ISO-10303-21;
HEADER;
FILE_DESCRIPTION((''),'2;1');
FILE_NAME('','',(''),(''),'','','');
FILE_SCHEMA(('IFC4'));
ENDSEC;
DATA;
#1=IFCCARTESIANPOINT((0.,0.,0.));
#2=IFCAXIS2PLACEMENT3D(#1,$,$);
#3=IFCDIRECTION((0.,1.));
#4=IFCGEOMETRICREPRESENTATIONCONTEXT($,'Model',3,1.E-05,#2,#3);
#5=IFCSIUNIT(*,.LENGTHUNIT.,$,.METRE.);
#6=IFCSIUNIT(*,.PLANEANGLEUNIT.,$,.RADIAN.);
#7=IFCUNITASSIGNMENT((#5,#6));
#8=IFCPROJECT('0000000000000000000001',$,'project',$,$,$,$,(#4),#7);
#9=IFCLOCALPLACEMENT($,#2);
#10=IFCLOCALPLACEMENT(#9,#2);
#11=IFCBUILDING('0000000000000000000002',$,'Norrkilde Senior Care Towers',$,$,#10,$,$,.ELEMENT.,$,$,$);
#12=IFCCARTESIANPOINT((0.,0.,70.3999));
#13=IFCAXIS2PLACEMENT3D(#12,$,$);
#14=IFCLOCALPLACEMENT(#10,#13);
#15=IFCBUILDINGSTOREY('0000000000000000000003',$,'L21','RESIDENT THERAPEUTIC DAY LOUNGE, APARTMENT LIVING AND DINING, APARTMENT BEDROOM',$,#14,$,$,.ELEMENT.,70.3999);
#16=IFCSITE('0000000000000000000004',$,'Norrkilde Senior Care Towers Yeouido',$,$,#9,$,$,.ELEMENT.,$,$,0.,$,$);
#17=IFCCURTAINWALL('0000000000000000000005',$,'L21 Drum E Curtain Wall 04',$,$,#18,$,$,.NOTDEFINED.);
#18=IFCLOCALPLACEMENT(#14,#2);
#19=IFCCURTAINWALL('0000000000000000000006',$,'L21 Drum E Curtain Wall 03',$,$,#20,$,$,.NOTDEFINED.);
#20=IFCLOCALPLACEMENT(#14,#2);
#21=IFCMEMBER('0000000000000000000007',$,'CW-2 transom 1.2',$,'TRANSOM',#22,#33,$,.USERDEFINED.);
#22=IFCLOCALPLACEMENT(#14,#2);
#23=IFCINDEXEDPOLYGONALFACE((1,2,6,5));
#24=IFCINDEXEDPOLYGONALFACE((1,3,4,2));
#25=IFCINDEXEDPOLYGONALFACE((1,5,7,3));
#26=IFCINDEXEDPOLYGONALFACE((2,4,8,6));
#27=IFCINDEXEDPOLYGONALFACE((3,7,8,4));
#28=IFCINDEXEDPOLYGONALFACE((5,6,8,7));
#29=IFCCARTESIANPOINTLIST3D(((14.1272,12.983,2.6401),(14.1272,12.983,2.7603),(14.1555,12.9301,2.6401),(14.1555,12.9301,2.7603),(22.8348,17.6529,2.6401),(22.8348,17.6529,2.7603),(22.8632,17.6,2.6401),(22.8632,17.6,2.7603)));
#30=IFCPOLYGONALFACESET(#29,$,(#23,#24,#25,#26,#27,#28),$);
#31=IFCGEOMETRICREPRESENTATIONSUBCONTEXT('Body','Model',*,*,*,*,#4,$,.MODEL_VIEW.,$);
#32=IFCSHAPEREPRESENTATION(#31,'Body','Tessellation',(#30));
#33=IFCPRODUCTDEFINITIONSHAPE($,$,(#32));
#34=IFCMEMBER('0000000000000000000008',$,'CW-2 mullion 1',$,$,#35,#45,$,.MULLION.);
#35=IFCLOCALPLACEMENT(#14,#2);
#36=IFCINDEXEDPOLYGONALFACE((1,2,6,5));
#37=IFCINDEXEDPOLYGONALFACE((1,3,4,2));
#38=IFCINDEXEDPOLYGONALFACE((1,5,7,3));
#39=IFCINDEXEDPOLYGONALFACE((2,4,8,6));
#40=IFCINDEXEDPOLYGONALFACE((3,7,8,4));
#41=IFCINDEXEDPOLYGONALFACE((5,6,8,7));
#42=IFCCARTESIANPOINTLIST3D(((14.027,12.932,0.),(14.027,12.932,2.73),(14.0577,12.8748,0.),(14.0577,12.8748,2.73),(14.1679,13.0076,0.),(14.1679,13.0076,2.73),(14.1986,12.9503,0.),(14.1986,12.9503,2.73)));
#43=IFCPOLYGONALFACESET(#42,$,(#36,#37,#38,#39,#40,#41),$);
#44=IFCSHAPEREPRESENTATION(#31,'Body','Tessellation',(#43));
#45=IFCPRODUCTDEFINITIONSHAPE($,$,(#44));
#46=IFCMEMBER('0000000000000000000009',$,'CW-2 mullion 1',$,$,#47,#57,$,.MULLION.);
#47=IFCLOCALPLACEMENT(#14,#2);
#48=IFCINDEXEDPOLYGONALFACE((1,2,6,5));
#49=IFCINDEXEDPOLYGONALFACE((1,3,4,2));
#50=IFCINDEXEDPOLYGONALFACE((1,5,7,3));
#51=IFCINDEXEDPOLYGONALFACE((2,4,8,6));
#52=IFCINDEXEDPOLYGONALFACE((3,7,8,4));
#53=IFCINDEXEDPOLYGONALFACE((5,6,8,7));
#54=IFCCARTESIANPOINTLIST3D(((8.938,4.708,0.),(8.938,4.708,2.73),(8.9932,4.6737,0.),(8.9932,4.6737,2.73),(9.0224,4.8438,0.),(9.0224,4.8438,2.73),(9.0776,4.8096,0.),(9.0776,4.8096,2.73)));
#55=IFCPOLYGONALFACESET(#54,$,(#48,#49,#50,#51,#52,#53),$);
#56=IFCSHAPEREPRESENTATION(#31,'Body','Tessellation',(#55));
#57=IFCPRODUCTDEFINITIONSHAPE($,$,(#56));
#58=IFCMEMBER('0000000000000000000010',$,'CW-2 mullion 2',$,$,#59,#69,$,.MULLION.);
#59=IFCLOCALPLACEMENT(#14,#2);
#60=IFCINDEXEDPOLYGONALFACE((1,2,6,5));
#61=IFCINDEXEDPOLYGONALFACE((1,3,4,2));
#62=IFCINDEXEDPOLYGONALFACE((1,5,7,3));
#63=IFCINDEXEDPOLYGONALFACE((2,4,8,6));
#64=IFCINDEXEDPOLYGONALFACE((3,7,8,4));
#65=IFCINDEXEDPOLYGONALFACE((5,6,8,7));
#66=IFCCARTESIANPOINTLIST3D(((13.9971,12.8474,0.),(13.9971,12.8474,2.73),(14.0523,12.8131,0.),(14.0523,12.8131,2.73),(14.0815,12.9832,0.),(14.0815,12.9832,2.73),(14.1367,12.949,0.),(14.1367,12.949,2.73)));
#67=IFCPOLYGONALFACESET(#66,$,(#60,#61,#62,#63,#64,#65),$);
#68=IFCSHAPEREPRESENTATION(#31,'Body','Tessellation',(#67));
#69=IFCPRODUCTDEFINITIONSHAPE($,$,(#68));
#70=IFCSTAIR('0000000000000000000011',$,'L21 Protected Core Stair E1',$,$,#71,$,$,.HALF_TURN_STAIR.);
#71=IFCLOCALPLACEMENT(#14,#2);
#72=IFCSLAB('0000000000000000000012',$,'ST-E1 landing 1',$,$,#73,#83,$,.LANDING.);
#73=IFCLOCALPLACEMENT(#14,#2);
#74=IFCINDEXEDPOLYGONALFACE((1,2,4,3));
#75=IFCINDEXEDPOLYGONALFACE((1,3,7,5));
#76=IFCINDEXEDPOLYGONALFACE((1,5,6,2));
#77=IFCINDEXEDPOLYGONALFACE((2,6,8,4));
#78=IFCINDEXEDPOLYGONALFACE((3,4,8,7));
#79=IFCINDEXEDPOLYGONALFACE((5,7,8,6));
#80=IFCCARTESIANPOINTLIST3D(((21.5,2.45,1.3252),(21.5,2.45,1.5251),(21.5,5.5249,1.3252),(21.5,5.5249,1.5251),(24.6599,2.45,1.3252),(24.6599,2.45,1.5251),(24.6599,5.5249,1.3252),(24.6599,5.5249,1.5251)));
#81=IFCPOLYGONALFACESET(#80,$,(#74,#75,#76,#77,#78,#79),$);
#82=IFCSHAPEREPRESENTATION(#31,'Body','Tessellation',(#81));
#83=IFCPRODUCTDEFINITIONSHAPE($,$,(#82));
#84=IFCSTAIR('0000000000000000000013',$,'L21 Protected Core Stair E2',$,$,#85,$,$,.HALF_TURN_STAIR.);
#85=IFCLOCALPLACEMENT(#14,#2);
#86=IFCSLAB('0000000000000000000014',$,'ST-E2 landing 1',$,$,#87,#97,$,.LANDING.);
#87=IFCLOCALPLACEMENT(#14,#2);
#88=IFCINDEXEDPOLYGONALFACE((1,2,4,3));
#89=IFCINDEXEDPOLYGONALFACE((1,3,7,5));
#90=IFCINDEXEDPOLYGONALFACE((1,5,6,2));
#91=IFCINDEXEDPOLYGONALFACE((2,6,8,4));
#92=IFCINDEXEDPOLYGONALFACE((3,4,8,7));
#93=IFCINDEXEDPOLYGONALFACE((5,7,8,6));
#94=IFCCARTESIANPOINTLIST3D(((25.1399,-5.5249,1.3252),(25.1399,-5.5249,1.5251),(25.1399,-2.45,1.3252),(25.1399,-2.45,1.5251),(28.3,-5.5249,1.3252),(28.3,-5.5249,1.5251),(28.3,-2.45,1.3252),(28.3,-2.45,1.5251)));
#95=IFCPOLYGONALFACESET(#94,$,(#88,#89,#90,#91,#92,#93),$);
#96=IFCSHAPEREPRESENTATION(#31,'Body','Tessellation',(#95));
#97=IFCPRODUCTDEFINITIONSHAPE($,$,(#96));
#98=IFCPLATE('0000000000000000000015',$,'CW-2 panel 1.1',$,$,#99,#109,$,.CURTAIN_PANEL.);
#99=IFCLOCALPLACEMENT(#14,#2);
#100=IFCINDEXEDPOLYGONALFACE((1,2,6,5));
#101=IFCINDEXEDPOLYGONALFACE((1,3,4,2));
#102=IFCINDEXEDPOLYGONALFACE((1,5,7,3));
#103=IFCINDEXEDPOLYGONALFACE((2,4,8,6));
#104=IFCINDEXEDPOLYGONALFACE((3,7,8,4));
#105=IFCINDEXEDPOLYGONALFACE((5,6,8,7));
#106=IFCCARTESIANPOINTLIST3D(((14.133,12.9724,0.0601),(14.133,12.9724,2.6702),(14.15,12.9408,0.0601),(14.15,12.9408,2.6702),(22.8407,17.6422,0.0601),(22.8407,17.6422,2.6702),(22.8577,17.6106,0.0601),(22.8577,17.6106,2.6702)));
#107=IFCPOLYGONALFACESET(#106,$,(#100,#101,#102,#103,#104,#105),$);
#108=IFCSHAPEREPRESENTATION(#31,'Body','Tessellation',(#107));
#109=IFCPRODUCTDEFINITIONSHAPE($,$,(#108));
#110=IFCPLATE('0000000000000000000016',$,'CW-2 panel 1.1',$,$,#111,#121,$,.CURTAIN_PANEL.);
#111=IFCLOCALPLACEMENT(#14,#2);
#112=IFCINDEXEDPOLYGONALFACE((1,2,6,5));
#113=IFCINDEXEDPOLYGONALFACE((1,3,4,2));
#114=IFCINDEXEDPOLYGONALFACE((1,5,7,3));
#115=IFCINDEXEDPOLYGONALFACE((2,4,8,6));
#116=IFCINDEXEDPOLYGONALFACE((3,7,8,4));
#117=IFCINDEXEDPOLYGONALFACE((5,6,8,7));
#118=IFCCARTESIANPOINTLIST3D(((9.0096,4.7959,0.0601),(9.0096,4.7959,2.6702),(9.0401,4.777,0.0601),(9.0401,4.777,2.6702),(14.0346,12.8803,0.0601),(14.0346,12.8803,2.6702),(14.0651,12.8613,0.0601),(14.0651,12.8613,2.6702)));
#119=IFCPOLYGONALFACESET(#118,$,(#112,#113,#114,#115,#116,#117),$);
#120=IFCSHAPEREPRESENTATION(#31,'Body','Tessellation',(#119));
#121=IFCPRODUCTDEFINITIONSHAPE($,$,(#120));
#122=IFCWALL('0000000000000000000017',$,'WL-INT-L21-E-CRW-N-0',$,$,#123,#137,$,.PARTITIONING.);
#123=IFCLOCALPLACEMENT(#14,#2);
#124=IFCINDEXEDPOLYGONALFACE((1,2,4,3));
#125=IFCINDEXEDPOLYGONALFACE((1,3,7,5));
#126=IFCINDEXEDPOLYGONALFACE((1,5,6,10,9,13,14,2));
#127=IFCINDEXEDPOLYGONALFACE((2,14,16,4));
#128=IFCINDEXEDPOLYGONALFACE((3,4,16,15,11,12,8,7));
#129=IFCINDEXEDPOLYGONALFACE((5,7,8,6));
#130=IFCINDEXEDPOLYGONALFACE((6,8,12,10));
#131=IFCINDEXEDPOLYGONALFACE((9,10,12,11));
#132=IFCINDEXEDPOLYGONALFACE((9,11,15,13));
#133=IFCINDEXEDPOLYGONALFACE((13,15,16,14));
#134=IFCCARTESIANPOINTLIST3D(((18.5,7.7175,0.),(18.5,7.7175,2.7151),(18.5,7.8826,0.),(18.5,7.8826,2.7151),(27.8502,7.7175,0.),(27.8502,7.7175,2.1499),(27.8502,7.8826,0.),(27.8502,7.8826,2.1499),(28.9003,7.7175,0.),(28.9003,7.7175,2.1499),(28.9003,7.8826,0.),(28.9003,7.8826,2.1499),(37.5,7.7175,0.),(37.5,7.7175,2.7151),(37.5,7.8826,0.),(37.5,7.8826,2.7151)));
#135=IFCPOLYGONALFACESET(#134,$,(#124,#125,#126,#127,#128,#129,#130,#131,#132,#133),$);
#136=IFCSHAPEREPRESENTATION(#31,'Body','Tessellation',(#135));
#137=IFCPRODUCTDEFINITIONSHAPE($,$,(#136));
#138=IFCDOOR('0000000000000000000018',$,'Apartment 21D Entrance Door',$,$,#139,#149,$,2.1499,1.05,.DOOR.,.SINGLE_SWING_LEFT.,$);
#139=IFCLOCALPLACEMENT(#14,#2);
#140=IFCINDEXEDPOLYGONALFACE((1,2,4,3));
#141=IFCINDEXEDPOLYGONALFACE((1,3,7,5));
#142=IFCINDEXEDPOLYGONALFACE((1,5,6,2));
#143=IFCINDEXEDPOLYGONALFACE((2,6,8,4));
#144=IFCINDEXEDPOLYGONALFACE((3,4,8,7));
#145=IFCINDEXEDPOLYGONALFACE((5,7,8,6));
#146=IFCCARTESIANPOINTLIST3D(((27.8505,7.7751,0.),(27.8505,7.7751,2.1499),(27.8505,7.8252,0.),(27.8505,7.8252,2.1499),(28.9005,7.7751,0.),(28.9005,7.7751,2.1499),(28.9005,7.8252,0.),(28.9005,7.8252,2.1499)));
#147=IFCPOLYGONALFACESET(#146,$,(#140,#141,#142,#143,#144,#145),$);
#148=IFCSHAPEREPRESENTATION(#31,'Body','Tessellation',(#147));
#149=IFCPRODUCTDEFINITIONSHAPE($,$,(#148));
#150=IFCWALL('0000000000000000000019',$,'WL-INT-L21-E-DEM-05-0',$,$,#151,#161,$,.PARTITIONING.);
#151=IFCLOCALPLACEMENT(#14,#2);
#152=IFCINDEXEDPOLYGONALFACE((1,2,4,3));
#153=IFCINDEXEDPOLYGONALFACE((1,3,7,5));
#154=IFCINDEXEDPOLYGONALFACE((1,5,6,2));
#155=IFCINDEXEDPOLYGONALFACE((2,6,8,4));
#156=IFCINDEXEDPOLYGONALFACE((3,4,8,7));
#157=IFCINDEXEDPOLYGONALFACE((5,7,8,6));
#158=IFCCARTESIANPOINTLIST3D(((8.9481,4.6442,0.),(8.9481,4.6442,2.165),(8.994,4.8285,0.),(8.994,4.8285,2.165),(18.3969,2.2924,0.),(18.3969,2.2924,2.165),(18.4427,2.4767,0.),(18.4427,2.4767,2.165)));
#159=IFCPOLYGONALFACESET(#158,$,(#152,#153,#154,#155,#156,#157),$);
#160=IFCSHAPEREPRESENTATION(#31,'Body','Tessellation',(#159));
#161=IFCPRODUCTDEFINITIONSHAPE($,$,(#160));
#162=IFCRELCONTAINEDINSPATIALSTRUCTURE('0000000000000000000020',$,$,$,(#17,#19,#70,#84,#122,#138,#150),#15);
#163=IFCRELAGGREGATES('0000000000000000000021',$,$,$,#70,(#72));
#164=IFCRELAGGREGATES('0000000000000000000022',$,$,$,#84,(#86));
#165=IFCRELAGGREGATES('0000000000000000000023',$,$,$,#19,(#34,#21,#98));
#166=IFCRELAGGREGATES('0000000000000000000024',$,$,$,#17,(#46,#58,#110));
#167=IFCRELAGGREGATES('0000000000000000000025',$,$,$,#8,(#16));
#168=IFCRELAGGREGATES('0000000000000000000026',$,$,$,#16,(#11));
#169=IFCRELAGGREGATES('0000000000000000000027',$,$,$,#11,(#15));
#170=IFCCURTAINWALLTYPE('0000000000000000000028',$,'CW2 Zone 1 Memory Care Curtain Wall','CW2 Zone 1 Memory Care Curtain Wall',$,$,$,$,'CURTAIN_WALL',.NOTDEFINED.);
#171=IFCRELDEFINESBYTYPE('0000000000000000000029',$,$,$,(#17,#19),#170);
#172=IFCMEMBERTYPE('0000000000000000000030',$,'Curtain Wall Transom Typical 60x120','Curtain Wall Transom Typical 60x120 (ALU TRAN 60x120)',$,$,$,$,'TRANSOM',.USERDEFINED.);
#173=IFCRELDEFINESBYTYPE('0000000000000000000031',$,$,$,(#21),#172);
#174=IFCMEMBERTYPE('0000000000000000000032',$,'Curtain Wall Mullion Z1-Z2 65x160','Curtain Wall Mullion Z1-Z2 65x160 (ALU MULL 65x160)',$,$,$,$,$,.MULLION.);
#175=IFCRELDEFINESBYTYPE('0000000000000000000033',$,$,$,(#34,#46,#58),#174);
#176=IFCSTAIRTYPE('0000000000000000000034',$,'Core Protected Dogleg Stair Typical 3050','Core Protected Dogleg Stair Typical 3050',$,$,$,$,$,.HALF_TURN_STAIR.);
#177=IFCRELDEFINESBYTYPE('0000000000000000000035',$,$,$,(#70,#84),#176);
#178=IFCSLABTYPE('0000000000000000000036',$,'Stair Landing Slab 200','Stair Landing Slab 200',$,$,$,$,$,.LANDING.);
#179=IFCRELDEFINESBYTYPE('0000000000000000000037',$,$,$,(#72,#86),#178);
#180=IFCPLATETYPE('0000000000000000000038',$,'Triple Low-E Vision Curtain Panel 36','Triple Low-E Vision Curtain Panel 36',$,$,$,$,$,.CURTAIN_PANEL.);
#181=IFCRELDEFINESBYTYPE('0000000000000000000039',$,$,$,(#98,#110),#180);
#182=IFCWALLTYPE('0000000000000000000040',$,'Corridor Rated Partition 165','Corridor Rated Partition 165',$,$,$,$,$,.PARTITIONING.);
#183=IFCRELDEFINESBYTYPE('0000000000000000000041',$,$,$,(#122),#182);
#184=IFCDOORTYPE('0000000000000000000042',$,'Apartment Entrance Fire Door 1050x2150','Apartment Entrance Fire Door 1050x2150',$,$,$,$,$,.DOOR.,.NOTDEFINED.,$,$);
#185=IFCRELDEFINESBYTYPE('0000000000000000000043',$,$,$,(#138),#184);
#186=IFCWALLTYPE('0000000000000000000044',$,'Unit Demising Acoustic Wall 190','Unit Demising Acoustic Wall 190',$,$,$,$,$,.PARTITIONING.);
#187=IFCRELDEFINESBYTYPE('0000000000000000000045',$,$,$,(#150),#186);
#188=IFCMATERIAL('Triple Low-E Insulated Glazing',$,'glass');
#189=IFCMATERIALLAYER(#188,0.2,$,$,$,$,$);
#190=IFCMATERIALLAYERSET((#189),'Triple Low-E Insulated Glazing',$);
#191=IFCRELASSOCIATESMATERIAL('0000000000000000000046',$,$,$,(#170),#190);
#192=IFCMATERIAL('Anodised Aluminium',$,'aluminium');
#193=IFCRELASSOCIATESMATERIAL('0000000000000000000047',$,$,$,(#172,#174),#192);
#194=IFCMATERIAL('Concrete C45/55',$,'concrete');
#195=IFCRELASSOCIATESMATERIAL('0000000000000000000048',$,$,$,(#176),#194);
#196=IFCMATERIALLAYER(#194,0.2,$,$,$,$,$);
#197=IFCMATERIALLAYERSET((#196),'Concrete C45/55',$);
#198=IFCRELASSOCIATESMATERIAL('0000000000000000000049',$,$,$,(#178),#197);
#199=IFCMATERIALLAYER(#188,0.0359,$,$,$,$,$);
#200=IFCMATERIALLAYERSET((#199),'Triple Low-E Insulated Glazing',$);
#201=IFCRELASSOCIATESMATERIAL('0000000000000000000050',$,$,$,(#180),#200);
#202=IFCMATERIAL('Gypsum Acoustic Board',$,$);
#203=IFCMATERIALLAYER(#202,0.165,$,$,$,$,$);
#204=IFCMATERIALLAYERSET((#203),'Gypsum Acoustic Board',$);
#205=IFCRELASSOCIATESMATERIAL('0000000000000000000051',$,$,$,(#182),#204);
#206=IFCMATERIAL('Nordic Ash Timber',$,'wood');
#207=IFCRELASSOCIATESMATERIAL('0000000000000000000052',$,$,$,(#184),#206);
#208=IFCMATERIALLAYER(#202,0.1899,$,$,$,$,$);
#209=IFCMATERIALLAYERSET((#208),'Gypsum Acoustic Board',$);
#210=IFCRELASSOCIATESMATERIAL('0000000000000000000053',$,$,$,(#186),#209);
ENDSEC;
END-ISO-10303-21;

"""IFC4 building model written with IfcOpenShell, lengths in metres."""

from ifc_helpers import new_model, si_unit, direction, frame, frame_2d, origin, origin_2d, place, context, subcontext, project, spatial, polyline, rectangle, outline, extrude, source, transform, mapped, material, layer, layer_set, material_profile, profile_set, type_object, type_shapes, element, fill, aggregate, save


model = new_model("IFC4")

# Units and contexts
model_context = context("Model", 3, precision=1e-05, world=origin(), true_north=direction((0.0, 1.0)))
body_context = subcontext(model_context, "Body", "Model", "MODEL_VIEW")
ifc_project = project(units=[si_unit("LENGTHUNIT", "METRE"), si_unit("PLANEANGLEUNIT", "RADIAN")], contexts=[model_context])

# Site, building, storey
site_placement = place(None, origin())
site = spatial("IfcSite", under=ifc_project, at=site_placement, Name="Norrkilde Senior Care Towers Yeouido", CompositionType="ELEMENT", RefElevation=0.0)
building_placement = place(site_placement, origin())
building = spatial("IfcBuilding", under=site, at=building_placement, Name="Norrkilde Senior Care Towers", CompositionType="ELEMENT")
storey_placement = place(building_placement, frame((0.0, 0.0, 70.3999)))
storey = spatial("IfcBuildingStorey", under=building, at=storey_placement, Name="L21", Description="RESIDENT THERAPEUTIC DAY LOUNGE, APARTMENT LIVING AND DINING, APARTMENT BEDROOM", CompositionType="ELEMENT", Elevation=70.3999)

# Curtain walls, members
ifc_material_1 = material(Name="Triple Low-E Insulated Glazing", Category="glass")
ifc_layer_1 = layer(ifc_material_1, 0.2)
ifc_layer_set_1 = layer_set([ifc_layer_1], Name="Triple Low-E Insulated Glazing")
curtain_wall_type = type_object("IfcCurtainWallType", Name="CW2 Zone 1 Memory Care Curtain Wall", Description="CW2 Zone 1 Memory Care Curtain Wall", ElementType="CURTAIN_WALL", PredefinedType="NOTDEFINED", material=ifc_layer_set_1)
curtain_wall_1_placement = place(storey_placement, origin())
curtain_wall_1 = element("IfcCurtainWall", 1, at=curtain_wall_1_placement, inside=storey, type_object=curtain_wall_type, Name="L21 Drum E Curtain Wall 04", PredefinedType="NOTDEFINED")
ifc_material_2 = material(Name="Anodised Aluminium", Category="aluminium")
ifc_material_profile_1 = material_profile(ifc_material_2, rectangle(XDim=0.0601, YDim=0.1201, at=origin_2d()), Name="ALU TRAN 60x120")
ifc_profile_set_1 = profile_set([ifc_material_profile_1], Name="Anodised Aluminium")
member_type_1 = type_object("IfcMemberType", Name="Curtain Wall Transom Typical 60x120", Description="Curtain Wall Transom Typical 60x120 (ALU TRAN 60x120)", ElementType="TRANSOM", PredefinedType="USERDEFINED", material=ifc_profile_set_1)
curtain_wall_2_placement = place(storey_placement, origin())
curtain_wall_2 = element("IfcCurtainWall", 2, at=curtain_wall_2_placement, inside=storey, type_object=curtain_wall_type, Name="L21 Drum E Curtain Wall 03", PredefinedType="NOTDEFINED")
shared_shape_1 = source(origin(), body_context, "Body", "SweptSolid", [
    extrude(rectangle(XDim=0.0601, YDim=0.1201, at=origin_2d()), origin(), (0.0, 0.0, 1.0), 9.8809),
])
member_1_placement = place(storey_placement, frame((14.1414, 12.9565, 2.7002), z_axis=(0.881267, 0.472618, 0.0), x_axis=(-0.472618, 0.881267, 0.0)))
member_1 = element("IfcMember", 3, at=member_1_placement, type_object=member_type_1, Name="CW-2 transom 1.2", ObjectType="TRANSOM", PredefinedType="USERDEFINED", context=body_context, shape_type="MappedRepresentation", body=[
    mapped(shared_shape_1, transform((0.0, 0.0, 0.0), x_axis=(1.0, 0.0, 0.0), y_axis=(0.0, 1.0, 0.0), z_axis=(0.0, 0.0, 1.0), scale=1.0)),
])
ifc_material_profile_2 = material_profile(ifc_material_2, rectangle(XDim=0.0649, YDim=0.1599, at=origin_2d()), Name="ALU MULL 65x160")
ifc_profile_set_2 = profile_set([ifc_material_profile_2], Name="Anodised Aluminium")
member_type_2 = type_object("IfcMemberType", Name="Curtain Wall Mullion Z1-Z2 65x160", Description="Curtain Wall Mullion Z1-Z2 65x160 (ALU MULL 65x160)", PredefinedType="MULLION", material=ifc_profile_set_2)
shared_shape_2 = source(origin(), body_context, "Body", "SweptSolid", [
    extrude(rectangle(XDim=0.0649, YDim=0.1599, at=origin_2d()), origin(), (0.0, 0.0, 1.0), 2.73),
])
type_shapes(member_type_2, [shared_shape_2])
member_2_placement = place(storey_placement, frame((14.1128, 12.9412, 0.0), z_axis=(0.0, 0.0, 1.0), x_axis=(-0.472608, 0.881273, 0.0)))
member_2 = element("IfcMember", 4, at=member_2_placement, type_object=member_type_2, Name="CW-2 mullion 1", PredefinedType="MULLION", context=body_context, shape_type="MappedRepresentation", body=[
    mapped(shared_shape_2, transform((0.0, 0.0, 0.0), x_axis=(1.0, 0.0, 0.0), y_axis=(0.0, 1.0, 0.0), z_axis=(0.0, 0.0, 1.0), scale=1.0)),
])

# Members
member_3_placement = place(storey_placement, frame((9.0078, 4.7588, 0.0), z_axis=(0.0, 0.0, 1.0), x_axis=(-0.849306, 0.527901, 0.0)))
member_3 = element("IfcMember", 5, at=member_3_placement, type_object=member_type_2, Name="CW-2 mullion 1", PredefinedType="MULLION", context=body_context, shape_type="MappedRepresentation", body=[
    mapped(shared_shape_2, transform((0.0, 0.0, 0.0), x_axis=(1.0, 0.0, 0.0), y_axis=(0.0, 1.0, 0.0), z_axis=(0.0, 0.0, 1.0), scale=1.0)),
])
member_4_placement = place(storey_placement, frame((14.0669, 12.8982, 0.0), z_axis=(0.0, 0.0, 1.0), x_axis=(-0.849306, 0.527901, 0.0)))
member_4 = element("IfcMember", 6, at=member_4_placement, type_object=member_type_2, Name="CW-2 mullion 2", PredefinedType="MULLION", context=body_context, shape_type="MappedRepresentation", body=[
    mapped(shared_shape_2, transform((0.0, 0.0, 0.0), x_axis=(1.0, 0.0, 0.0), y_axis=(0.0, 1.0, 0.0), z_axis=(0.0, 0.0, 1.0), scale=1.0)),
])

# Stairs, slabs
ifc_material_3 = material(Name="Concrete C45/55", Category="concrete")
stair_type = type_object("IfcStairType", Name="Core Protected Dogleg Stair Typical 3050", Description="Core Protected Dogleg Stair Typical 3050", PredefinedType="HALF_TURN_STAIR", material=ifc_material_3)
stair_1_placement = place(storey_placement, origin())
stair_1 = element("IfcStair", 7, at=stair_1_placement, inside=storey, type_object=stair_type, Name="L21 Protected Core Stair E1", PredefinedType="HALF_TURN_STAIR")
ifc_layer_2 = layer(ifc_material_3, 0.2)
ifc_layer_set_2 = layer_set([ifc_layer_2], Name="Concrete C45/55")
slab_type = type_object("IfcSlabType", Name="Stair Landing Slab 200", Description="Stair Landing Slab 200", PredefinedType="LANDING", material=ifc_layer_set_2)
slab_1_placement = place(storey_placement, frame((0.0, 0.0, 1.3252)))
slab_1 = element("IfcSlab", 8, at=slab_1_placement, type_object=slab_type, Name="ST-E1 landing 1", PredefinedType="LANDING", context=body_context, shape_type="SweptSolid", body=[
    extrude(outline(polyline([(24.6599, 5.5249), (21.5, 5.5249), (21.5, 2.45), (24.6599, 2.45), (24.6599, 5.5249)])), origin(), (0.0, 0.0, 1.0), 0.2),
])
aggregate(stair_1, [slab_1])
stair_2_placement = place(storey_placement, origin())
stair_2 = element("IfcStair", 9, at=stair_2_placement, inside=storey, type_object=stair_type, Name="L21 Protected Core Stair E2", PredefinedType="HALF_TURN_STAIR")
slab_2_placement = place(storey_placement, frame((0.0, 0.0, 1.3252)))
slab_2 = element("IfcSlab", 10, at=slab_2_placement, type_object=slab_type, Name="ST-E2 landing 1", PredefinedType="LANDING", context=body_context, shape_type="SweptSolid", body=[
    extrude(outline(polyline([(25.1399, -5.5249), (28.3, -5.5249), (28.3, -2.45), (25.1399, -2.45), (25.1399, -5.5249)])), origin(), (0.0, 0.0, 1.0), 0.2),
])
aggregate(stair_2, [slab_2])

# Plates
ifc_layer_3 = layer(ifc_material_1, 0.0359)
ifc_layer_set_3 = layer_set([ifc_layer_3], Name="Triple Low-E Insulated Glazing")
plate_type = type_object("IfcPlateType", Name="Triple Low-E Vision Curtain Panel 36", Description="Triple Low-E Vision Curtain Panel 36", PredefinedType="CURTAIN_PANEL", material=ifc_layer_set_3)
shared_shape_3 = source(origin(), body_context, "Body", "SweptSolid", [
    extrude(rectangle(XDim=9.8809, YDim=0.0359, at=origin_2d()), origin(), (0.0, 0.0, 1.0), 2.6101),
])
plate_1_placement = place(storey_placement, frame((18.4954, 15.2915, 0.0601), z_axis=(0.0, 0.0, 1.0), x_axis=(0.881273, 0.472608, 0.0)))
plate_1 = element("IfcPlate", 11, at=plate_1_placement, type_object=plate_type, Name="CW-2 panel 1.1", PredefinedType="CURTAIN_PANEL", context=body_context, shape_type="MappedRepresentation", body=[
    mapped(shared_shape_3, transform((0.0, 0.0, 0.0), x_axis=(1.0, 0.0, 0.0), y_axis=(0.0, 1.0, 0.0), z_axis=(0.0, 0.0, 1.0), scale=1.0)),
])
aggregate(curtain_wall_2, [member_2, member_1, plate_1])
shared_shape_4 = source(origin(), body_context, "Body", "SweptSolid", [
    extrude(rectangle(XDim=9.5188, YDim=0.0359, at=origin_2d()), origin(), (0.0, 0.0, 1.0), 2.6101),
])
type_shapes(plate_type, [shared_shape_3, shared_shape_4])
plate_2_placement = place(storey_placement, frame((11.5374, 8.8286, 0.0601), z_axis=(0.0, 0.0, 1.0), x_axis=(0.527901, 0.849306, 0.0)))
plate_2 = element("IfcPlate", 12, at=plate_2_placement, type_object=plate_type, Name="CW-2 panel 1.1", PredefinedType="CURTAIN_PANEL", context=body_context, shape_type="MappedRepresentation", body=[
    mapped(shared_shape_4, transform((0.0, 0.0, 0.0), x_axis=(1.0, 0.0, 0.0), y_axis=(0.0, 1.0, 0.0), z_axis=(0.0, 0.0, 1.0), scale=1.0)),
])
aggregate(curtain_wall_1, [member_3, member_4, plate_2])

# Wall, opening, door
ifc_material_4 = material(Name="Gypsum Acoustic Board")
ifc_layer_4 = layer(ifc_material_4, 0.165)
ifc_layer_set_4 = layer_set([ifc_layer_4], Name="Gypsum Acoustic Board")
wall_type_1 = type_object("IfcWallType", Name="Corridor Rated Partition 165", Description="Corridor Rated Partition 165", PredefinedType="PARTITIONING", material=ifc_layer_set_4)
shared_shape_5 = source(origin(), body_context, "Body", "SweptSolid", [
    extrude(rectangle(XDim=19.0, YDim=0.165, at=frame_2d((9.5, 0.0))), origin(), (0.0, 0.0, 1.0), 2.7151),
])
type_shapes(wall_type_1, [shared_shape_5])
wall_1_placement = place(storey_placement, frame((18.5, 7.8, 0.0), z_axis=(0.0, 0.0, 1.0), x_axis=(1.0, 0.0, 0.0)))
wall_1 = element("IfcWall", 13, at=wall_1_placement, inside=storey, type_object=wall_type_1, Name="WL-INT-L21-E-CRW-N-0", PredefinedType="PARTITIONING", context=body_context, shape_type="MappedRepresentation", body=[
    mapped(shared_shape_5, transform((0.0, 0.0, 0.0), x_axis=(1.0, 0.0, 0.0), y_axis=(0.0, 1.0, 0.0), z_axis=(0.0, 0.0, 1.0), scale=1.0)),
])
opening_placement = place(wall_1_placement, frame((9.3503, 0.0, 0.0)))
opening = element("IfcOpeningElement", 14, at=opening_placement, cuts=wall_1, PredefinedType="OPENING", context=body_context, shape_type="SweptSolid", body=[
    extrude(rectangle(XDim=1.05, YDim=2.1499, at=frame_2d((0.5249, 1.075))), frame((0.0, 0.0925, 0.0), z_axis=(0.0, -1.0, 0.0), x_axis=(1.0, 0.0, 0.0)), (0.0, 0.0, 1.0), 0.1851),
])
ifc_material_5 = material(Name="Nordic Ash Timber", Category="wood")
door_type = type_object("IfcDoorType", Name="Apartment Entrance Fire Door 1050x2150", Description="Apartment Entrance Fire Door 1050x2150", OperationType="NOTDEFINED", PredefinedType="DOOR", material=ifc_material_5)
shared_shape_6 = source(origin(), body_context, "Body", "SweptSolid", [
    extrude(rectangle(XDim=1.05, YDim=2.1499, at=frame_2d((0.5249, 1.075))), frame((0.0, 0.0249, 0.0), z_axis=(0.0, -1.0, 0.0), x_axis=(1.0, 0.0, 0.0)), (0.0, 0.0, 1.0), 0.05),
])
type_shapes(door_type, [shared_shape_6])
door_placement = place(opening_placement, frame((1.05, 0.0, 0.0), z_axis=(0.0, 0.0, 1.0), x_axis=(-1.0, 0.0, 0.0)))
door = element("IfcDoor", 15, at=door_placement, inside=storey, type_object=door_type, Name="Apartment 21D Entrance Door", OperationType="SINGLE_SWING_LEFT", OverallHeight=2.1499, OverallWidth=1.05, PredefinedType="DOOR", context=body_context, shape_type="MappedRepresentation", body=[
    mapped(shared_shape_6, transform((0.0, 0.0, 0.0), x_axis=(1.0, 0.0, 0.0), y_axis=(0.0, 1.0, 0.0), z_axis=(0.0, 0.0, 1.0), scale=1.0)),
])
fill(opening, door)

# Wall
ifc_layer_5 = layer(ifc_material_4, 0.1899)
ifc_layer_set_5 = layer_set([ifc_layer_5], Name="Gypsum Acoustic Board")
wall_type_2 = type_object("IfcWallType", Name="Unit Demising Acoustic Wall 190", Description="Unit Demising Acoustic Wall 190", PredefinedType="PARTITIONING", material=ifc_layer_set_5)
shared_shape_7 = source(origin(), body_context, "Body", "SweptSolid", [
    extrude(rectangle(XDim=9.7371, YDim=0.1899, at=frame_2d((4.8687, 0.0))), origin(), (0.0, 0.0, 1.0), 2.165),
])
wall_2_placement = place(storey_placement, frame((18.4199, 2.3845, 0.0), z_axis=(0.0, 0.0, 1.0), x_axis=(-0.970393, 0.241533, 0.0)))
element("IfcWall", 16, at=wall_2_placement, inside=storey, type_object=wall_type_2, Name="WL-INT-L21-E-DEM-05-0", PredefinedType="PARTITIONING", context=body_context, shape_type="MappedRepresentation", body=[
    mapped(shared_shape_7, transform((0.0, 0.0, 0.0), x_axis=(1.0, 0.0, 0.0), y_axis=(0.0, 1.0, 0.0), z_axis=(0.0, 0.0, 1.0), scale=1.0)),
])

save(model, "model.ifc")
